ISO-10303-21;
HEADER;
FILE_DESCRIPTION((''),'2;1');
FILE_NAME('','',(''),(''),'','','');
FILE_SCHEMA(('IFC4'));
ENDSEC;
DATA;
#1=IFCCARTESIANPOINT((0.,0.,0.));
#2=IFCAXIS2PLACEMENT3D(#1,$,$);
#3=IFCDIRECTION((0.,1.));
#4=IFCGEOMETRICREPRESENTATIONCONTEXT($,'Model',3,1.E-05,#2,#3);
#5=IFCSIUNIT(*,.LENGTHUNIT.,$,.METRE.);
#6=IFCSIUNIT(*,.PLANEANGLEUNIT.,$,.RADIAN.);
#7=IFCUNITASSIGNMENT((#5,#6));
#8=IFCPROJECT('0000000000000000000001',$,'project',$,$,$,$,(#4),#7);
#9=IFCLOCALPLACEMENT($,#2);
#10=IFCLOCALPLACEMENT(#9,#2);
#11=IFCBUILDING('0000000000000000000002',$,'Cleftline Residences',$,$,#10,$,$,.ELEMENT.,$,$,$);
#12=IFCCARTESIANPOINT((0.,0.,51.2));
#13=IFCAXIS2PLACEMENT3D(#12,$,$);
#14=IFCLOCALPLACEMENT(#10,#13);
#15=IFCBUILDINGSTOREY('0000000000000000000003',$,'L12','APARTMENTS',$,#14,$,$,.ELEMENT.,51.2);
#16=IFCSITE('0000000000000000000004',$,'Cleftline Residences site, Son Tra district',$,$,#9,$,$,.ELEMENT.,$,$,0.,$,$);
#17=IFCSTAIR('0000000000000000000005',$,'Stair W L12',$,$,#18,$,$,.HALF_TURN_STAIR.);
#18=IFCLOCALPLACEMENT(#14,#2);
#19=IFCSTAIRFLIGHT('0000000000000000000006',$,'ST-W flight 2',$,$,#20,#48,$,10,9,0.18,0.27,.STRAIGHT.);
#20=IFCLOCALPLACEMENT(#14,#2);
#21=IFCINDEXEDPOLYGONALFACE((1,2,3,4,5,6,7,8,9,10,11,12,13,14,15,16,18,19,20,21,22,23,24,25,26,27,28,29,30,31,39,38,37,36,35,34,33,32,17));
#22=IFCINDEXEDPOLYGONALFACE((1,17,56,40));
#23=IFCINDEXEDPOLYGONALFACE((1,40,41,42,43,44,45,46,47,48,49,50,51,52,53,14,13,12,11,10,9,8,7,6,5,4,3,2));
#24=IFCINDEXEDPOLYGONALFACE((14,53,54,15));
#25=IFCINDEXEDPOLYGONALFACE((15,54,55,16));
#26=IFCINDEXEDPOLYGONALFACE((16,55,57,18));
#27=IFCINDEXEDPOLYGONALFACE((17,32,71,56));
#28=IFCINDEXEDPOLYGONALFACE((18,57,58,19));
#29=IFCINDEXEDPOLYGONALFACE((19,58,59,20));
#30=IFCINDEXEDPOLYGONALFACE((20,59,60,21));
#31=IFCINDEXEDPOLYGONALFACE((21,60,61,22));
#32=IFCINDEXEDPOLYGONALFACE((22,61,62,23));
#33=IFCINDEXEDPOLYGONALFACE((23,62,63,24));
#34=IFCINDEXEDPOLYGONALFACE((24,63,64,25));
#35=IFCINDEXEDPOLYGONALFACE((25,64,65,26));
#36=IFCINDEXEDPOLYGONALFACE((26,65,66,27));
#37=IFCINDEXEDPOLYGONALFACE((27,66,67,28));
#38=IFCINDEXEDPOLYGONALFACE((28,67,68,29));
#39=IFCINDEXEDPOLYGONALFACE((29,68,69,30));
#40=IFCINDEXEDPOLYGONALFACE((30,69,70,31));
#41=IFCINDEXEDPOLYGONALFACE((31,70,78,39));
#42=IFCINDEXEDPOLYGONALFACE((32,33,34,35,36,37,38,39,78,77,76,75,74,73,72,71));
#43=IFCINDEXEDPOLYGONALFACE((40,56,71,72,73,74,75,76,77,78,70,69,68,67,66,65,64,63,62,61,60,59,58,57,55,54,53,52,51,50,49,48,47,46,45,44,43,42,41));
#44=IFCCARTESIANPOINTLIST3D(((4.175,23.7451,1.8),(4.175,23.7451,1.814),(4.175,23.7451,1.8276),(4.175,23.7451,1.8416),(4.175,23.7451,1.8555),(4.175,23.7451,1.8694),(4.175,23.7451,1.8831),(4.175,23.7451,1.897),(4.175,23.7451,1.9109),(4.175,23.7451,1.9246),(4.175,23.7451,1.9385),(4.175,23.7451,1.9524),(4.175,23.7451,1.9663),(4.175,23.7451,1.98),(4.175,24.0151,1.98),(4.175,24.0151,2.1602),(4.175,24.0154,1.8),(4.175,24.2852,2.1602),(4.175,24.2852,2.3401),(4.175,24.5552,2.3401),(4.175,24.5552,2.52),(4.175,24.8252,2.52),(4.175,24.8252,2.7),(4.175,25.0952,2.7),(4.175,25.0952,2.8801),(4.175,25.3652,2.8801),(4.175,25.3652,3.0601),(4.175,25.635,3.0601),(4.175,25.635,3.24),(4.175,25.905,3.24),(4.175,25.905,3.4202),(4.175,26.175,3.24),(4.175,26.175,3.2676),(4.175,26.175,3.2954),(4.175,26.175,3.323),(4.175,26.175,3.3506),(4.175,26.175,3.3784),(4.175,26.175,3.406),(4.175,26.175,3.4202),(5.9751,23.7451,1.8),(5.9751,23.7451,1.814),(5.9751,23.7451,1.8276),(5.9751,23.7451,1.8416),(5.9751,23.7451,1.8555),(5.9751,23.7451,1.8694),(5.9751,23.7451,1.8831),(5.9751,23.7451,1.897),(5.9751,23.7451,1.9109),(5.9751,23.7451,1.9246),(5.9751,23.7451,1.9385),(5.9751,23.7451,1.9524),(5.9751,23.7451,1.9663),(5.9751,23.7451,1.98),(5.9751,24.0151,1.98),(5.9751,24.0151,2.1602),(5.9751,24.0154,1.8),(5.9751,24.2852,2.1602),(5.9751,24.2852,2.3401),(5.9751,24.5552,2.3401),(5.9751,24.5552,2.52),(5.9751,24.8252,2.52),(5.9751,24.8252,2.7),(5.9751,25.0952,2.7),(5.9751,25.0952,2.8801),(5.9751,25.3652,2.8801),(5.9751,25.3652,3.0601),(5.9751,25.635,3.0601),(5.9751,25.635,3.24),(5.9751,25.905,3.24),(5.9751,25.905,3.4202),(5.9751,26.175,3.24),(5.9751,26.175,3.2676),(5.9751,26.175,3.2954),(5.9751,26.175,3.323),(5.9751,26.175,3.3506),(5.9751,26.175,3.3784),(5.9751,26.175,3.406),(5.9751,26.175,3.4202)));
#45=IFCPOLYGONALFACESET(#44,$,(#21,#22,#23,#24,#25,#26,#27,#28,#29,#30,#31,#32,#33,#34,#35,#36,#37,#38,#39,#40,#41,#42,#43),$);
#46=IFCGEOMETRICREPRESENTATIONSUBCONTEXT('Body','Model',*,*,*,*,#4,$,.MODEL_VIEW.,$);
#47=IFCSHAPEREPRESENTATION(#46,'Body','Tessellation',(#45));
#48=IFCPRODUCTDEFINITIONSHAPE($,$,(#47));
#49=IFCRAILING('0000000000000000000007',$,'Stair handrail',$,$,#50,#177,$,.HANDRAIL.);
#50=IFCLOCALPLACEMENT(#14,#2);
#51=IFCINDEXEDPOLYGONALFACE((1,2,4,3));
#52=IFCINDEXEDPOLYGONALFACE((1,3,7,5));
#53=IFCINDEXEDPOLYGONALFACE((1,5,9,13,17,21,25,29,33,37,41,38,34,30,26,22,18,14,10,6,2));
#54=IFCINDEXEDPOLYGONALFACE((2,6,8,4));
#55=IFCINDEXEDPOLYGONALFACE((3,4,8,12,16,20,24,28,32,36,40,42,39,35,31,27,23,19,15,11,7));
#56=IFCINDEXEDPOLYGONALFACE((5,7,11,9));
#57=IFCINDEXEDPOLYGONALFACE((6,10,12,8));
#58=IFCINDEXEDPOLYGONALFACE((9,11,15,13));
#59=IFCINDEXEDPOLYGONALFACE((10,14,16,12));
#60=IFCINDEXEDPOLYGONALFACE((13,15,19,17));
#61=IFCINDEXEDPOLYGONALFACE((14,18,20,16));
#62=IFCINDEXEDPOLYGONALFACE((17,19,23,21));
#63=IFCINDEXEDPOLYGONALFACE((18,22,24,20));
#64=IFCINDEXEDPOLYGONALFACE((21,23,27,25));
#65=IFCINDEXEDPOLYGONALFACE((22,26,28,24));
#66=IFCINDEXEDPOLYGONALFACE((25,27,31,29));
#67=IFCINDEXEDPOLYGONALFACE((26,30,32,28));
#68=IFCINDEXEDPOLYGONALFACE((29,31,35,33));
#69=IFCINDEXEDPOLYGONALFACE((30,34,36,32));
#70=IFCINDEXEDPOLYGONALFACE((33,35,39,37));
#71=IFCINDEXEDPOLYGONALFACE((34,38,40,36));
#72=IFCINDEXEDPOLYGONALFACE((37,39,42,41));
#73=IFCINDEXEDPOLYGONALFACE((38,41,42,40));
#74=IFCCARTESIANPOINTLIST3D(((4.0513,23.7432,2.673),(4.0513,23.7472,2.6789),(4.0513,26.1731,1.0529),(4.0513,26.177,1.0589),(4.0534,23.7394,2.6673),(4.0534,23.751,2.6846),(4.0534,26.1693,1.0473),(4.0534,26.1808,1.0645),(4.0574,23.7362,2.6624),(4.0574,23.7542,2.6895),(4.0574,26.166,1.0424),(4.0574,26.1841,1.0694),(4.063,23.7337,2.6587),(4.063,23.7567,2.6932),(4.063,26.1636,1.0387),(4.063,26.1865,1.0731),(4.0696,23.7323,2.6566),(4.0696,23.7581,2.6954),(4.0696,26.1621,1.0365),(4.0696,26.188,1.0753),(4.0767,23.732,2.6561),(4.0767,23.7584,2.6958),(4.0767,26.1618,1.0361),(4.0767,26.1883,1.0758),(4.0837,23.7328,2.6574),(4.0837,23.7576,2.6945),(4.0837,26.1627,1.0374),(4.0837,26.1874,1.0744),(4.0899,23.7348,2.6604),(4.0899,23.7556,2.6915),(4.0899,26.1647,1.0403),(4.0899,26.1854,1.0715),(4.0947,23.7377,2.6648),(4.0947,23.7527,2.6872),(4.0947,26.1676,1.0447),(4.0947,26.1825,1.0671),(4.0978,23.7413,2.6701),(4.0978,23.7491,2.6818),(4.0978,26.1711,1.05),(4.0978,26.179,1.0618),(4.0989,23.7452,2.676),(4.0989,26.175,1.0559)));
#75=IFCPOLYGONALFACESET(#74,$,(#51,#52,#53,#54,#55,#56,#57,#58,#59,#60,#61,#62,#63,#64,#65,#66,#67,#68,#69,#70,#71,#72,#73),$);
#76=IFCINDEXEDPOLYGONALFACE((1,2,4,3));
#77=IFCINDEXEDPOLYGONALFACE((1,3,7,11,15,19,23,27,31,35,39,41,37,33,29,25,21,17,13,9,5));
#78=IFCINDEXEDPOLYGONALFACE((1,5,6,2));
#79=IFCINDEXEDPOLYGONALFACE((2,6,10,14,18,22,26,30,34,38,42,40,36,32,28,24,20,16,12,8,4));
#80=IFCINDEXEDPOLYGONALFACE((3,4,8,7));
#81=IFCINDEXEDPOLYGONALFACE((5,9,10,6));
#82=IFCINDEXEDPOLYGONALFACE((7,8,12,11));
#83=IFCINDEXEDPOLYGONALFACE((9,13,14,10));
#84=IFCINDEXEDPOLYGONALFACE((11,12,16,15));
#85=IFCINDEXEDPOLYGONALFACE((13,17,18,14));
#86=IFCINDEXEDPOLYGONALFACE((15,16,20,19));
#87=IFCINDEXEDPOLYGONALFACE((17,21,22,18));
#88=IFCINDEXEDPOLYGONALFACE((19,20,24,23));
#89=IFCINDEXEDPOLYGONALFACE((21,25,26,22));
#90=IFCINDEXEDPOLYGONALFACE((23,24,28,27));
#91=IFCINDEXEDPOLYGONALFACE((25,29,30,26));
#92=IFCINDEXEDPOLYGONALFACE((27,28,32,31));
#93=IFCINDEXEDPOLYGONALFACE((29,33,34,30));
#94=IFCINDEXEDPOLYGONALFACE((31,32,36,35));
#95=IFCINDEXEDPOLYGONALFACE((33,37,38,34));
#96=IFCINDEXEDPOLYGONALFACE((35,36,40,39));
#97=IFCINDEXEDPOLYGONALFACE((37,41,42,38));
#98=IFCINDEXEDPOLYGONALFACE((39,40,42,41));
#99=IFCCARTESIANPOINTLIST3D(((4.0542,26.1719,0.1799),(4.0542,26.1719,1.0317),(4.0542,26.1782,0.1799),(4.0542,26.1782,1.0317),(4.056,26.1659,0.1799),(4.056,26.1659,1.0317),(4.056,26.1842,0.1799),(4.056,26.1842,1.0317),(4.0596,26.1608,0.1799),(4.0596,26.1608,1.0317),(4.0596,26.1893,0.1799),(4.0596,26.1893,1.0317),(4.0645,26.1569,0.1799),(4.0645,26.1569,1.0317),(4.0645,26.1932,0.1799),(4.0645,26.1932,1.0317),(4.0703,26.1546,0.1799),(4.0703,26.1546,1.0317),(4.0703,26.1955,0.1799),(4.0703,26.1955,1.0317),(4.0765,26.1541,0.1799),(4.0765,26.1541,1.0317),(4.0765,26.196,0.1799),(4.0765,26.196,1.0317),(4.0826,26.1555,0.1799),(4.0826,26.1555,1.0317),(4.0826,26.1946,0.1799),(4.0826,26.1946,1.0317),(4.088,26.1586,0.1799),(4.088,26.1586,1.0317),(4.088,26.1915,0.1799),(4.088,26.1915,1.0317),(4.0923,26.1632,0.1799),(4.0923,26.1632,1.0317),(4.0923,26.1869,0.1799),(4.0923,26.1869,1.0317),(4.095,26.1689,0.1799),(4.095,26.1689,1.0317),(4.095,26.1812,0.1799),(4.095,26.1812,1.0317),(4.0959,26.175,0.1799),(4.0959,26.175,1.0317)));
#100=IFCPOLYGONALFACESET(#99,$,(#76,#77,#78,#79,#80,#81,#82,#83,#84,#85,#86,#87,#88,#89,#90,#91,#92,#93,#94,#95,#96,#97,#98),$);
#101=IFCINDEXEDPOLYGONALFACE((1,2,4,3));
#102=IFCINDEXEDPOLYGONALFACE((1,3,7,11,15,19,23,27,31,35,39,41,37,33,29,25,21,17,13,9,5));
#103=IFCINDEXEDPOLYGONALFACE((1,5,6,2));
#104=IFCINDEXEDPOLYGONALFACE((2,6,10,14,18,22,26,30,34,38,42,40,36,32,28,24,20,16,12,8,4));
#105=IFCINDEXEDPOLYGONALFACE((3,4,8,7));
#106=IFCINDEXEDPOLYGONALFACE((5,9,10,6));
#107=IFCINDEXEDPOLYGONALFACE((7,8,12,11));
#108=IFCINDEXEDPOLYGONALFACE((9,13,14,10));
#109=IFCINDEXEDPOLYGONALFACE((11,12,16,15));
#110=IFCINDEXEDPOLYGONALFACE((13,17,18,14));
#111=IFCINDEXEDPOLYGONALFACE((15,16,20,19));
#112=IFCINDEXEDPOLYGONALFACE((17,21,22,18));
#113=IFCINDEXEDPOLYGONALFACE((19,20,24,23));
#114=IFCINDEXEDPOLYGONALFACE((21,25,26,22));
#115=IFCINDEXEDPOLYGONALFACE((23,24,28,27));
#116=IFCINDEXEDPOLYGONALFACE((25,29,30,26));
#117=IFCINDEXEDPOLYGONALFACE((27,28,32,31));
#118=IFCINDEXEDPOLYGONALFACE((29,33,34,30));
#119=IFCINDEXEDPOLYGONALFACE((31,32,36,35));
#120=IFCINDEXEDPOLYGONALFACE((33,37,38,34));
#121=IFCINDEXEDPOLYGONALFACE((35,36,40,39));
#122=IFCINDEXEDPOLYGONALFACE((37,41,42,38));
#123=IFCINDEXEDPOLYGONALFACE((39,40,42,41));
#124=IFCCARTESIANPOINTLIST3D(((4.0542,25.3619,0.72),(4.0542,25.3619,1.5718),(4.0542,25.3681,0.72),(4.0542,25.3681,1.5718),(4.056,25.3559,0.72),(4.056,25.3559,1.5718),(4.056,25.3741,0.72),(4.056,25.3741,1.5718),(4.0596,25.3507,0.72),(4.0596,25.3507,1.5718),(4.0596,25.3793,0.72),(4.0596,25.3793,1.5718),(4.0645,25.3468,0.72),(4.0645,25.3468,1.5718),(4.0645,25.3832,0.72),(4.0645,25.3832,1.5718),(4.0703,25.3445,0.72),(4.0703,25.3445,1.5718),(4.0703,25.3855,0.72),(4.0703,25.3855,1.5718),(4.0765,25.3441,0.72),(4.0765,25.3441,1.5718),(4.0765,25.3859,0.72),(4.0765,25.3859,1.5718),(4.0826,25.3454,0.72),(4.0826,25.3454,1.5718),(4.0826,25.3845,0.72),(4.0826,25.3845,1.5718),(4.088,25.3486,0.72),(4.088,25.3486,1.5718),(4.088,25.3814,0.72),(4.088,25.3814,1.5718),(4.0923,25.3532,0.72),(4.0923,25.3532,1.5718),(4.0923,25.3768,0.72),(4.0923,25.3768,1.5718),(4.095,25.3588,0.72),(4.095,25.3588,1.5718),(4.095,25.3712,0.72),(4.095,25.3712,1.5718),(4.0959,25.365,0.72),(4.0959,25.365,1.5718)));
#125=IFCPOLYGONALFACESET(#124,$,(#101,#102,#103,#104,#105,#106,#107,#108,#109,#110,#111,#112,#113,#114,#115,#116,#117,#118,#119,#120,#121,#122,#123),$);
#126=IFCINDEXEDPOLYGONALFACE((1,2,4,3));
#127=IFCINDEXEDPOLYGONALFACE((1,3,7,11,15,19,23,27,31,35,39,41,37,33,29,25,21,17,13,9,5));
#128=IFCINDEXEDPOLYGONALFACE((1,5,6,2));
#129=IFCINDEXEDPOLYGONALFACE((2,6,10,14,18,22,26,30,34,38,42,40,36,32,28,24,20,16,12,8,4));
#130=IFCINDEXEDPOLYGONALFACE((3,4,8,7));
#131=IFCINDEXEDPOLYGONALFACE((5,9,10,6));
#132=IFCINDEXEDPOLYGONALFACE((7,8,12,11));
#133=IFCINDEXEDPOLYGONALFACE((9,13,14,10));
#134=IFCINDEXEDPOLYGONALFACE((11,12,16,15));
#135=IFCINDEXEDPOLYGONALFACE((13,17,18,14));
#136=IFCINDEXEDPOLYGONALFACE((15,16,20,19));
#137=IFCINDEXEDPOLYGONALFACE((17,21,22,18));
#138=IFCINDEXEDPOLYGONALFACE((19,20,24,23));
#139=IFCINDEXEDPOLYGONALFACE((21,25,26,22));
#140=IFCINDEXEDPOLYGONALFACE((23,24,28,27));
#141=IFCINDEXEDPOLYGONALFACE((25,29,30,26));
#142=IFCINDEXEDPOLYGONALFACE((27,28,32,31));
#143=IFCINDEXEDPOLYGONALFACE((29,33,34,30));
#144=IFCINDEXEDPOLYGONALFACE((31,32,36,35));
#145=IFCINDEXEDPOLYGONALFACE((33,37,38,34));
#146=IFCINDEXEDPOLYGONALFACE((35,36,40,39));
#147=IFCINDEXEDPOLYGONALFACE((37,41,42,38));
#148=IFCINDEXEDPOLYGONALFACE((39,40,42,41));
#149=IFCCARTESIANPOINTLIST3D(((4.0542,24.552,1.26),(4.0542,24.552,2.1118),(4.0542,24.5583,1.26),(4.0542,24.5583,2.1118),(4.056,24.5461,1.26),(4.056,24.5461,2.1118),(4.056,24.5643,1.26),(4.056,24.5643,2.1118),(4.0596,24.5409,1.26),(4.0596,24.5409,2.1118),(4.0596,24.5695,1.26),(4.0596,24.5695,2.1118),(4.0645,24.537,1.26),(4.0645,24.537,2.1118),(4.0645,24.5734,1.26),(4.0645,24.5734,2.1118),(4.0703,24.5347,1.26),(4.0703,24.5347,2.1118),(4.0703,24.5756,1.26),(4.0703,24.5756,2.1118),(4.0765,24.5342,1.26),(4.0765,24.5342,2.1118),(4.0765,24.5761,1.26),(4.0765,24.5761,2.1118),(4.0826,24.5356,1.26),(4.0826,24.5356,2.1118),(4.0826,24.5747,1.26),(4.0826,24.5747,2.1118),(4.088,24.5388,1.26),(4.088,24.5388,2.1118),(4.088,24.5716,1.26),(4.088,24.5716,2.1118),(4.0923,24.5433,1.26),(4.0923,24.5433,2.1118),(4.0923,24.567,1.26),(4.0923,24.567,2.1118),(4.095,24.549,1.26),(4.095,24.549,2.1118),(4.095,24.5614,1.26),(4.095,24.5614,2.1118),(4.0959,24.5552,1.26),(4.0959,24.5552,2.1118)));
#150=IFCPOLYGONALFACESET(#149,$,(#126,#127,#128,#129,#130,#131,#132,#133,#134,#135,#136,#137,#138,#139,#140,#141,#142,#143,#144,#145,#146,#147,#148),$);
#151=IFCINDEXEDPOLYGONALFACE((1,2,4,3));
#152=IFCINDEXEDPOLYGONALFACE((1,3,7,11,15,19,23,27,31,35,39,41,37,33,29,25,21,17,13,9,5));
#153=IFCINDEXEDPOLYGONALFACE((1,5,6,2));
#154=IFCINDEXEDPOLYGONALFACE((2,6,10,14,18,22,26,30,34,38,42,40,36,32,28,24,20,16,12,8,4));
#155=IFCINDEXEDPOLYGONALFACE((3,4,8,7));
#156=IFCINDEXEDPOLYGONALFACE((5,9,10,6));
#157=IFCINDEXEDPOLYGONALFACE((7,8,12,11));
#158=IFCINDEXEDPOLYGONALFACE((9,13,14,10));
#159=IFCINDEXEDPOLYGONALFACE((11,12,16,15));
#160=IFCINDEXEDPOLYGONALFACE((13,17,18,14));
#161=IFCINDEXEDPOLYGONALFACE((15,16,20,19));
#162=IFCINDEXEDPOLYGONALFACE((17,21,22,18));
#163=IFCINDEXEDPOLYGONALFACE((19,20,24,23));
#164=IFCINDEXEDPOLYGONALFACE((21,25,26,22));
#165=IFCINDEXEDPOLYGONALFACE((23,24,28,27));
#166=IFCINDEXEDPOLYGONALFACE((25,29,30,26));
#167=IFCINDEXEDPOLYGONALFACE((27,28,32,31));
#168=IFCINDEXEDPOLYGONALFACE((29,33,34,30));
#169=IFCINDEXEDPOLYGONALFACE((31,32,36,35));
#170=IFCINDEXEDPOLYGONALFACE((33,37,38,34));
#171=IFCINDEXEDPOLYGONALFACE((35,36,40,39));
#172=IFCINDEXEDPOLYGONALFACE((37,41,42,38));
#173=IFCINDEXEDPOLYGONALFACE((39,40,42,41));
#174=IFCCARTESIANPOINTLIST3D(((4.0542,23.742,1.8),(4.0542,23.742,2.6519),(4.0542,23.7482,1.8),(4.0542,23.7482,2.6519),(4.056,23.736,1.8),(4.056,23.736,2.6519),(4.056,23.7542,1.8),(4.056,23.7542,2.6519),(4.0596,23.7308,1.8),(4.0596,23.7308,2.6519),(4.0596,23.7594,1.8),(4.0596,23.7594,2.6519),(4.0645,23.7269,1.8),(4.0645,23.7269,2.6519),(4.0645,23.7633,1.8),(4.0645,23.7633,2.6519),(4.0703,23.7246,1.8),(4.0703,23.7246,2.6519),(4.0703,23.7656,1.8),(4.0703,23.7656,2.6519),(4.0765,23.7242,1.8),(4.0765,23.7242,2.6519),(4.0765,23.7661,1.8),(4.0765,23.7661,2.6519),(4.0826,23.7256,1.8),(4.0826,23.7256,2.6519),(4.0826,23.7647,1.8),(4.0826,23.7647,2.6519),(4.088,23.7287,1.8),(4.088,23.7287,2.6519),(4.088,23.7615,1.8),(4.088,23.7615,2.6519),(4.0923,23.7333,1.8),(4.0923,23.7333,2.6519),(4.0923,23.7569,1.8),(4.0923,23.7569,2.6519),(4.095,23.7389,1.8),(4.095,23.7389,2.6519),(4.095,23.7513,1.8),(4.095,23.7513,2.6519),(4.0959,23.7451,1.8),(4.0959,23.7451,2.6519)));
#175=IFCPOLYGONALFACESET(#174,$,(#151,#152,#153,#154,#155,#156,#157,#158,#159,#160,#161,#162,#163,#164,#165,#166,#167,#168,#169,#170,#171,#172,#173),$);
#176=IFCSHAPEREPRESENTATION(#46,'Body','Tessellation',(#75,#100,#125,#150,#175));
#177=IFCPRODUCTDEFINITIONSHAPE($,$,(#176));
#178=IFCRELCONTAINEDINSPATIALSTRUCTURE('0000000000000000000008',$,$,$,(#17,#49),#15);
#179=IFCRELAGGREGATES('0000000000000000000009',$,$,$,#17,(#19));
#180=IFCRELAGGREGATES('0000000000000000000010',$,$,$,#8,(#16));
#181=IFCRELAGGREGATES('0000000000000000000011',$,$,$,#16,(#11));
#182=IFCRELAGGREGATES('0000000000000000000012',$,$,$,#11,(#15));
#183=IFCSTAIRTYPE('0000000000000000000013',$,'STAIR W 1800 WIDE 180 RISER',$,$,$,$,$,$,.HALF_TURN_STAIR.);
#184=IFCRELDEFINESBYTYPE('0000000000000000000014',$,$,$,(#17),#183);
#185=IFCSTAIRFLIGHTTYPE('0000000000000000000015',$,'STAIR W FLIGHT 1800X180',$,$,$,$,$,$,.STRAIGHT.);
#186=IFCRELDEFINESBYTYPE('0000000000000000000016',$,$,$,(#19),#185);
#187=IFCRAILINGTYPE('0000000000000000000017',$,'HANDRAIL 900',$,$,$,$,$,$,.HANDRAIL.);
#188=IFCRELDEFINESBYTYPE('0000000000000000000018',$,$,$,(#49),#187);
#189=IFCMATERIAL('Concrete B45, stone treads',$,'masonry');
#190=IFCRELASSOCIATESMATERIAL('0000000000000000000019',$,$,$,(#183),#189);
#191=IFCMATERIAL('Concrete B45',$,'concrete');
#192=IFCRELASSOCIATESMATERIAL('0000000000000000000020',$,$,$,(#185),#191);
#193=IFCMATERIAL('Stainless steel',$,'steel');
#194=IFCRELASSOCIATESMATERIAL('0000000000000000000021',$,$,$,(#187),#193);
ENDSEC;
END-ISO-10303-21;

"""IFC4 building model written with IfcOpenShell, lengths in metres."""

from ifc_helpers import new_model, si_unit, direction, frame, origin, origin_2d, place, context, subcontext, project, spatial, polyline, circle, outline, extrude, material, type_object, element, aggregate, save


model = new_model("IFC4")

# Units and contexts
model_context = context("Model", 3, precision=1e-05, world=origin(), true_north=direction((0.0, 1.0)))
body_context = subcontext(model_context, "Body", "Model", "MODEL_VIEW")
ifc_project = project(units=[si_unit("LENGTHUNIT", "METRE"), si_unit("PLANEANGLEUNIT", "RADIAN")], contexts=[model_context])

# Site, building, storey
site_placement = place(None, origin())
site = spatial("IfcSite", under=ifc_project, at=site_placement, Name="Cleftline Residences site, Son Tra district", CompositionType="ELEMENT", RefElevation=0.0)
building_placement = place(site_placement, origin())
building = spatial("IfcBuilding", under=site, at=building_placement, Name="Cleftline Residences", CompositionType="ELEMENT")
storey_placement = place(building_placement, frame((0.0, 0.0, 51.2)))
storey = spatial("IfcBuildingStorey", under=building, at=storey_placement, Name="L12", Description="APARTMENTS", CompositionType="ELEMENT", Elevation=51.2)

# Stair, stair flight
ifc_material_1 = material(Name="Concrete B45, stone treads", Category="masonry")
stair_type = type_object("IfcStairType", Name="STAIR W 1800 WIDE 180 RISER", PredefinedType="HALF_TURN_STAIR", material=ifc_material_1)
stair_placement = place(storey_placement, origin())
stair = element("IfcStair", 1, at=stair_placement, inside=storey, type_object=stair_type, Name="Stair W L12", PredefinedType="HALF_TURN_STAIR")
ifc_material_2 = material(Name="Concrete B45", Category="concrete")
stair_flight_type = type_object("IfcStairFlightType", Name="STAIR W FLIGHT 1800X180", PredefinedType="STRAIGHT", material=ifc_material_2)
stair_flight_1_placement = place(storey_placement, frame((5.075, 23.7451, 1.8), z_axis=(0.0, 0.0, 1.0), x_axis=(0.0, 1.0, 0.0)))
stair_flight_1 = element("IfcStairFlight", 2, at=stair_flight_1_placement, type_object=stair_flight_type, Name="ST-W flight 2", NumberOfRisers=10, NumberOfTreads=9, PredefinedType="STRAIGHT", RiserHeight=0.18, TreadLength=0.27, context=body_context, shape_type="SweptSolid", body=[
    extrude(outline(polyline([(0.0, 0.0), (0.0, 0.0139), (0.0, 0.0276), (0.0, 0.0415), (0.0, 0.0554), (0.0, 0.0693), (0.0, 0.083), (0.0, 0.0969), (0.0, 0.1108), (0.0, 0.1245), (0.0, 0.1384), (0.0, 0.1523), (0.0, 0.1663), (0.0, 0.1799), (0.27, 0.1799), (0.27, 0.3601), (0.54, 0.3601), (0.54, 0.54), (0.8101, 0.54), (0.8101, 0.72), (1.0801, 0.72), (1.0801, 0.8999), (1.3501, 0.8999), (1.3501, 1.0801), (1.6201, 1.0801), (1.6201, 1.26), (1.8899, 1.26), (1.8899, 1.4399), (2.1599, 1.4399), (2.1599, 1.6201), (2.4299, 1.6201), (2.4299, 1.8), (2.4299, 1.7722), (2.4299, 1.7446), (2.4299, 1.7168), (2.4299, 1.6892), (2.4299, 1.6614), (2.4299, 1.6338), (2.4299, 1.606), (2.4299, 1.5784), (2.4299, 1.5505), (2.4299, 1.5229), (2.4299, 1.4954), (2.4299, 1.4675), (2.4299, 1.4399), (0.2703, 0.0), (0.0, 0.0)])), frame((0.0, 0.8999, 0.0), z_axis=(0.0, -1.0, 0.0), x_axis=(1.0, 0.0, 0.0)), (0.0, 0.0, 1.0), 1.8),
])
aggregate(stair, [stair_flight_1])

# Railing
ifc_material_3 = material(Name="Stainless steel", Category="steel")
railing_type = type_object("IfcRailingType", Name="HANDRAIL 900", PredefinedType="HANDRAIL", material=ifc_material_3)
railing_1_placement = place(storey_placement, frame((4.075, 26.175, 0.1799)))
element("IfcRailing", 3, at=railing_1_placement, inside=storey, type_object=railing_type, Name="Stair handrail", PredefinedType="HANDRAIL", context=body_context, shape_type="SweptSolid", body=[
    extrude(circle(Radius=0.0239, at=origin_2d()), frame((0.0, 0.0, 0.876), z_axis=(0.0, -0.832025, 0.554739), x_axis=(1.0, 0.0, 0.0)), (0.0, 0.0, 1.0), 2.9204),
    extrude(circle(Radius=0.021, at=origin_2d()), origin(), (0.0, 0.0, 1.0), 0.8518),
    extrude(circle(Radius=0.021, at=origin_2d()), frame((0.0, -0.8101, 0.54)), (0.0, 0.0, 1.0), 0.8518),
    extrude(circle(Radius=0.021, at=origin_2d()), frame((0.0, -1.6199, 1.0801)), (0.0, 0.0, 1.0), 0.8518),
    extrude(circle(Radius=0.021, at=origin_2d()), frame((0.0, -2.4299, 1.6201)), (0.0, 0.0, 1.0), 0.8518),
])

save(model, "model.ifc")
